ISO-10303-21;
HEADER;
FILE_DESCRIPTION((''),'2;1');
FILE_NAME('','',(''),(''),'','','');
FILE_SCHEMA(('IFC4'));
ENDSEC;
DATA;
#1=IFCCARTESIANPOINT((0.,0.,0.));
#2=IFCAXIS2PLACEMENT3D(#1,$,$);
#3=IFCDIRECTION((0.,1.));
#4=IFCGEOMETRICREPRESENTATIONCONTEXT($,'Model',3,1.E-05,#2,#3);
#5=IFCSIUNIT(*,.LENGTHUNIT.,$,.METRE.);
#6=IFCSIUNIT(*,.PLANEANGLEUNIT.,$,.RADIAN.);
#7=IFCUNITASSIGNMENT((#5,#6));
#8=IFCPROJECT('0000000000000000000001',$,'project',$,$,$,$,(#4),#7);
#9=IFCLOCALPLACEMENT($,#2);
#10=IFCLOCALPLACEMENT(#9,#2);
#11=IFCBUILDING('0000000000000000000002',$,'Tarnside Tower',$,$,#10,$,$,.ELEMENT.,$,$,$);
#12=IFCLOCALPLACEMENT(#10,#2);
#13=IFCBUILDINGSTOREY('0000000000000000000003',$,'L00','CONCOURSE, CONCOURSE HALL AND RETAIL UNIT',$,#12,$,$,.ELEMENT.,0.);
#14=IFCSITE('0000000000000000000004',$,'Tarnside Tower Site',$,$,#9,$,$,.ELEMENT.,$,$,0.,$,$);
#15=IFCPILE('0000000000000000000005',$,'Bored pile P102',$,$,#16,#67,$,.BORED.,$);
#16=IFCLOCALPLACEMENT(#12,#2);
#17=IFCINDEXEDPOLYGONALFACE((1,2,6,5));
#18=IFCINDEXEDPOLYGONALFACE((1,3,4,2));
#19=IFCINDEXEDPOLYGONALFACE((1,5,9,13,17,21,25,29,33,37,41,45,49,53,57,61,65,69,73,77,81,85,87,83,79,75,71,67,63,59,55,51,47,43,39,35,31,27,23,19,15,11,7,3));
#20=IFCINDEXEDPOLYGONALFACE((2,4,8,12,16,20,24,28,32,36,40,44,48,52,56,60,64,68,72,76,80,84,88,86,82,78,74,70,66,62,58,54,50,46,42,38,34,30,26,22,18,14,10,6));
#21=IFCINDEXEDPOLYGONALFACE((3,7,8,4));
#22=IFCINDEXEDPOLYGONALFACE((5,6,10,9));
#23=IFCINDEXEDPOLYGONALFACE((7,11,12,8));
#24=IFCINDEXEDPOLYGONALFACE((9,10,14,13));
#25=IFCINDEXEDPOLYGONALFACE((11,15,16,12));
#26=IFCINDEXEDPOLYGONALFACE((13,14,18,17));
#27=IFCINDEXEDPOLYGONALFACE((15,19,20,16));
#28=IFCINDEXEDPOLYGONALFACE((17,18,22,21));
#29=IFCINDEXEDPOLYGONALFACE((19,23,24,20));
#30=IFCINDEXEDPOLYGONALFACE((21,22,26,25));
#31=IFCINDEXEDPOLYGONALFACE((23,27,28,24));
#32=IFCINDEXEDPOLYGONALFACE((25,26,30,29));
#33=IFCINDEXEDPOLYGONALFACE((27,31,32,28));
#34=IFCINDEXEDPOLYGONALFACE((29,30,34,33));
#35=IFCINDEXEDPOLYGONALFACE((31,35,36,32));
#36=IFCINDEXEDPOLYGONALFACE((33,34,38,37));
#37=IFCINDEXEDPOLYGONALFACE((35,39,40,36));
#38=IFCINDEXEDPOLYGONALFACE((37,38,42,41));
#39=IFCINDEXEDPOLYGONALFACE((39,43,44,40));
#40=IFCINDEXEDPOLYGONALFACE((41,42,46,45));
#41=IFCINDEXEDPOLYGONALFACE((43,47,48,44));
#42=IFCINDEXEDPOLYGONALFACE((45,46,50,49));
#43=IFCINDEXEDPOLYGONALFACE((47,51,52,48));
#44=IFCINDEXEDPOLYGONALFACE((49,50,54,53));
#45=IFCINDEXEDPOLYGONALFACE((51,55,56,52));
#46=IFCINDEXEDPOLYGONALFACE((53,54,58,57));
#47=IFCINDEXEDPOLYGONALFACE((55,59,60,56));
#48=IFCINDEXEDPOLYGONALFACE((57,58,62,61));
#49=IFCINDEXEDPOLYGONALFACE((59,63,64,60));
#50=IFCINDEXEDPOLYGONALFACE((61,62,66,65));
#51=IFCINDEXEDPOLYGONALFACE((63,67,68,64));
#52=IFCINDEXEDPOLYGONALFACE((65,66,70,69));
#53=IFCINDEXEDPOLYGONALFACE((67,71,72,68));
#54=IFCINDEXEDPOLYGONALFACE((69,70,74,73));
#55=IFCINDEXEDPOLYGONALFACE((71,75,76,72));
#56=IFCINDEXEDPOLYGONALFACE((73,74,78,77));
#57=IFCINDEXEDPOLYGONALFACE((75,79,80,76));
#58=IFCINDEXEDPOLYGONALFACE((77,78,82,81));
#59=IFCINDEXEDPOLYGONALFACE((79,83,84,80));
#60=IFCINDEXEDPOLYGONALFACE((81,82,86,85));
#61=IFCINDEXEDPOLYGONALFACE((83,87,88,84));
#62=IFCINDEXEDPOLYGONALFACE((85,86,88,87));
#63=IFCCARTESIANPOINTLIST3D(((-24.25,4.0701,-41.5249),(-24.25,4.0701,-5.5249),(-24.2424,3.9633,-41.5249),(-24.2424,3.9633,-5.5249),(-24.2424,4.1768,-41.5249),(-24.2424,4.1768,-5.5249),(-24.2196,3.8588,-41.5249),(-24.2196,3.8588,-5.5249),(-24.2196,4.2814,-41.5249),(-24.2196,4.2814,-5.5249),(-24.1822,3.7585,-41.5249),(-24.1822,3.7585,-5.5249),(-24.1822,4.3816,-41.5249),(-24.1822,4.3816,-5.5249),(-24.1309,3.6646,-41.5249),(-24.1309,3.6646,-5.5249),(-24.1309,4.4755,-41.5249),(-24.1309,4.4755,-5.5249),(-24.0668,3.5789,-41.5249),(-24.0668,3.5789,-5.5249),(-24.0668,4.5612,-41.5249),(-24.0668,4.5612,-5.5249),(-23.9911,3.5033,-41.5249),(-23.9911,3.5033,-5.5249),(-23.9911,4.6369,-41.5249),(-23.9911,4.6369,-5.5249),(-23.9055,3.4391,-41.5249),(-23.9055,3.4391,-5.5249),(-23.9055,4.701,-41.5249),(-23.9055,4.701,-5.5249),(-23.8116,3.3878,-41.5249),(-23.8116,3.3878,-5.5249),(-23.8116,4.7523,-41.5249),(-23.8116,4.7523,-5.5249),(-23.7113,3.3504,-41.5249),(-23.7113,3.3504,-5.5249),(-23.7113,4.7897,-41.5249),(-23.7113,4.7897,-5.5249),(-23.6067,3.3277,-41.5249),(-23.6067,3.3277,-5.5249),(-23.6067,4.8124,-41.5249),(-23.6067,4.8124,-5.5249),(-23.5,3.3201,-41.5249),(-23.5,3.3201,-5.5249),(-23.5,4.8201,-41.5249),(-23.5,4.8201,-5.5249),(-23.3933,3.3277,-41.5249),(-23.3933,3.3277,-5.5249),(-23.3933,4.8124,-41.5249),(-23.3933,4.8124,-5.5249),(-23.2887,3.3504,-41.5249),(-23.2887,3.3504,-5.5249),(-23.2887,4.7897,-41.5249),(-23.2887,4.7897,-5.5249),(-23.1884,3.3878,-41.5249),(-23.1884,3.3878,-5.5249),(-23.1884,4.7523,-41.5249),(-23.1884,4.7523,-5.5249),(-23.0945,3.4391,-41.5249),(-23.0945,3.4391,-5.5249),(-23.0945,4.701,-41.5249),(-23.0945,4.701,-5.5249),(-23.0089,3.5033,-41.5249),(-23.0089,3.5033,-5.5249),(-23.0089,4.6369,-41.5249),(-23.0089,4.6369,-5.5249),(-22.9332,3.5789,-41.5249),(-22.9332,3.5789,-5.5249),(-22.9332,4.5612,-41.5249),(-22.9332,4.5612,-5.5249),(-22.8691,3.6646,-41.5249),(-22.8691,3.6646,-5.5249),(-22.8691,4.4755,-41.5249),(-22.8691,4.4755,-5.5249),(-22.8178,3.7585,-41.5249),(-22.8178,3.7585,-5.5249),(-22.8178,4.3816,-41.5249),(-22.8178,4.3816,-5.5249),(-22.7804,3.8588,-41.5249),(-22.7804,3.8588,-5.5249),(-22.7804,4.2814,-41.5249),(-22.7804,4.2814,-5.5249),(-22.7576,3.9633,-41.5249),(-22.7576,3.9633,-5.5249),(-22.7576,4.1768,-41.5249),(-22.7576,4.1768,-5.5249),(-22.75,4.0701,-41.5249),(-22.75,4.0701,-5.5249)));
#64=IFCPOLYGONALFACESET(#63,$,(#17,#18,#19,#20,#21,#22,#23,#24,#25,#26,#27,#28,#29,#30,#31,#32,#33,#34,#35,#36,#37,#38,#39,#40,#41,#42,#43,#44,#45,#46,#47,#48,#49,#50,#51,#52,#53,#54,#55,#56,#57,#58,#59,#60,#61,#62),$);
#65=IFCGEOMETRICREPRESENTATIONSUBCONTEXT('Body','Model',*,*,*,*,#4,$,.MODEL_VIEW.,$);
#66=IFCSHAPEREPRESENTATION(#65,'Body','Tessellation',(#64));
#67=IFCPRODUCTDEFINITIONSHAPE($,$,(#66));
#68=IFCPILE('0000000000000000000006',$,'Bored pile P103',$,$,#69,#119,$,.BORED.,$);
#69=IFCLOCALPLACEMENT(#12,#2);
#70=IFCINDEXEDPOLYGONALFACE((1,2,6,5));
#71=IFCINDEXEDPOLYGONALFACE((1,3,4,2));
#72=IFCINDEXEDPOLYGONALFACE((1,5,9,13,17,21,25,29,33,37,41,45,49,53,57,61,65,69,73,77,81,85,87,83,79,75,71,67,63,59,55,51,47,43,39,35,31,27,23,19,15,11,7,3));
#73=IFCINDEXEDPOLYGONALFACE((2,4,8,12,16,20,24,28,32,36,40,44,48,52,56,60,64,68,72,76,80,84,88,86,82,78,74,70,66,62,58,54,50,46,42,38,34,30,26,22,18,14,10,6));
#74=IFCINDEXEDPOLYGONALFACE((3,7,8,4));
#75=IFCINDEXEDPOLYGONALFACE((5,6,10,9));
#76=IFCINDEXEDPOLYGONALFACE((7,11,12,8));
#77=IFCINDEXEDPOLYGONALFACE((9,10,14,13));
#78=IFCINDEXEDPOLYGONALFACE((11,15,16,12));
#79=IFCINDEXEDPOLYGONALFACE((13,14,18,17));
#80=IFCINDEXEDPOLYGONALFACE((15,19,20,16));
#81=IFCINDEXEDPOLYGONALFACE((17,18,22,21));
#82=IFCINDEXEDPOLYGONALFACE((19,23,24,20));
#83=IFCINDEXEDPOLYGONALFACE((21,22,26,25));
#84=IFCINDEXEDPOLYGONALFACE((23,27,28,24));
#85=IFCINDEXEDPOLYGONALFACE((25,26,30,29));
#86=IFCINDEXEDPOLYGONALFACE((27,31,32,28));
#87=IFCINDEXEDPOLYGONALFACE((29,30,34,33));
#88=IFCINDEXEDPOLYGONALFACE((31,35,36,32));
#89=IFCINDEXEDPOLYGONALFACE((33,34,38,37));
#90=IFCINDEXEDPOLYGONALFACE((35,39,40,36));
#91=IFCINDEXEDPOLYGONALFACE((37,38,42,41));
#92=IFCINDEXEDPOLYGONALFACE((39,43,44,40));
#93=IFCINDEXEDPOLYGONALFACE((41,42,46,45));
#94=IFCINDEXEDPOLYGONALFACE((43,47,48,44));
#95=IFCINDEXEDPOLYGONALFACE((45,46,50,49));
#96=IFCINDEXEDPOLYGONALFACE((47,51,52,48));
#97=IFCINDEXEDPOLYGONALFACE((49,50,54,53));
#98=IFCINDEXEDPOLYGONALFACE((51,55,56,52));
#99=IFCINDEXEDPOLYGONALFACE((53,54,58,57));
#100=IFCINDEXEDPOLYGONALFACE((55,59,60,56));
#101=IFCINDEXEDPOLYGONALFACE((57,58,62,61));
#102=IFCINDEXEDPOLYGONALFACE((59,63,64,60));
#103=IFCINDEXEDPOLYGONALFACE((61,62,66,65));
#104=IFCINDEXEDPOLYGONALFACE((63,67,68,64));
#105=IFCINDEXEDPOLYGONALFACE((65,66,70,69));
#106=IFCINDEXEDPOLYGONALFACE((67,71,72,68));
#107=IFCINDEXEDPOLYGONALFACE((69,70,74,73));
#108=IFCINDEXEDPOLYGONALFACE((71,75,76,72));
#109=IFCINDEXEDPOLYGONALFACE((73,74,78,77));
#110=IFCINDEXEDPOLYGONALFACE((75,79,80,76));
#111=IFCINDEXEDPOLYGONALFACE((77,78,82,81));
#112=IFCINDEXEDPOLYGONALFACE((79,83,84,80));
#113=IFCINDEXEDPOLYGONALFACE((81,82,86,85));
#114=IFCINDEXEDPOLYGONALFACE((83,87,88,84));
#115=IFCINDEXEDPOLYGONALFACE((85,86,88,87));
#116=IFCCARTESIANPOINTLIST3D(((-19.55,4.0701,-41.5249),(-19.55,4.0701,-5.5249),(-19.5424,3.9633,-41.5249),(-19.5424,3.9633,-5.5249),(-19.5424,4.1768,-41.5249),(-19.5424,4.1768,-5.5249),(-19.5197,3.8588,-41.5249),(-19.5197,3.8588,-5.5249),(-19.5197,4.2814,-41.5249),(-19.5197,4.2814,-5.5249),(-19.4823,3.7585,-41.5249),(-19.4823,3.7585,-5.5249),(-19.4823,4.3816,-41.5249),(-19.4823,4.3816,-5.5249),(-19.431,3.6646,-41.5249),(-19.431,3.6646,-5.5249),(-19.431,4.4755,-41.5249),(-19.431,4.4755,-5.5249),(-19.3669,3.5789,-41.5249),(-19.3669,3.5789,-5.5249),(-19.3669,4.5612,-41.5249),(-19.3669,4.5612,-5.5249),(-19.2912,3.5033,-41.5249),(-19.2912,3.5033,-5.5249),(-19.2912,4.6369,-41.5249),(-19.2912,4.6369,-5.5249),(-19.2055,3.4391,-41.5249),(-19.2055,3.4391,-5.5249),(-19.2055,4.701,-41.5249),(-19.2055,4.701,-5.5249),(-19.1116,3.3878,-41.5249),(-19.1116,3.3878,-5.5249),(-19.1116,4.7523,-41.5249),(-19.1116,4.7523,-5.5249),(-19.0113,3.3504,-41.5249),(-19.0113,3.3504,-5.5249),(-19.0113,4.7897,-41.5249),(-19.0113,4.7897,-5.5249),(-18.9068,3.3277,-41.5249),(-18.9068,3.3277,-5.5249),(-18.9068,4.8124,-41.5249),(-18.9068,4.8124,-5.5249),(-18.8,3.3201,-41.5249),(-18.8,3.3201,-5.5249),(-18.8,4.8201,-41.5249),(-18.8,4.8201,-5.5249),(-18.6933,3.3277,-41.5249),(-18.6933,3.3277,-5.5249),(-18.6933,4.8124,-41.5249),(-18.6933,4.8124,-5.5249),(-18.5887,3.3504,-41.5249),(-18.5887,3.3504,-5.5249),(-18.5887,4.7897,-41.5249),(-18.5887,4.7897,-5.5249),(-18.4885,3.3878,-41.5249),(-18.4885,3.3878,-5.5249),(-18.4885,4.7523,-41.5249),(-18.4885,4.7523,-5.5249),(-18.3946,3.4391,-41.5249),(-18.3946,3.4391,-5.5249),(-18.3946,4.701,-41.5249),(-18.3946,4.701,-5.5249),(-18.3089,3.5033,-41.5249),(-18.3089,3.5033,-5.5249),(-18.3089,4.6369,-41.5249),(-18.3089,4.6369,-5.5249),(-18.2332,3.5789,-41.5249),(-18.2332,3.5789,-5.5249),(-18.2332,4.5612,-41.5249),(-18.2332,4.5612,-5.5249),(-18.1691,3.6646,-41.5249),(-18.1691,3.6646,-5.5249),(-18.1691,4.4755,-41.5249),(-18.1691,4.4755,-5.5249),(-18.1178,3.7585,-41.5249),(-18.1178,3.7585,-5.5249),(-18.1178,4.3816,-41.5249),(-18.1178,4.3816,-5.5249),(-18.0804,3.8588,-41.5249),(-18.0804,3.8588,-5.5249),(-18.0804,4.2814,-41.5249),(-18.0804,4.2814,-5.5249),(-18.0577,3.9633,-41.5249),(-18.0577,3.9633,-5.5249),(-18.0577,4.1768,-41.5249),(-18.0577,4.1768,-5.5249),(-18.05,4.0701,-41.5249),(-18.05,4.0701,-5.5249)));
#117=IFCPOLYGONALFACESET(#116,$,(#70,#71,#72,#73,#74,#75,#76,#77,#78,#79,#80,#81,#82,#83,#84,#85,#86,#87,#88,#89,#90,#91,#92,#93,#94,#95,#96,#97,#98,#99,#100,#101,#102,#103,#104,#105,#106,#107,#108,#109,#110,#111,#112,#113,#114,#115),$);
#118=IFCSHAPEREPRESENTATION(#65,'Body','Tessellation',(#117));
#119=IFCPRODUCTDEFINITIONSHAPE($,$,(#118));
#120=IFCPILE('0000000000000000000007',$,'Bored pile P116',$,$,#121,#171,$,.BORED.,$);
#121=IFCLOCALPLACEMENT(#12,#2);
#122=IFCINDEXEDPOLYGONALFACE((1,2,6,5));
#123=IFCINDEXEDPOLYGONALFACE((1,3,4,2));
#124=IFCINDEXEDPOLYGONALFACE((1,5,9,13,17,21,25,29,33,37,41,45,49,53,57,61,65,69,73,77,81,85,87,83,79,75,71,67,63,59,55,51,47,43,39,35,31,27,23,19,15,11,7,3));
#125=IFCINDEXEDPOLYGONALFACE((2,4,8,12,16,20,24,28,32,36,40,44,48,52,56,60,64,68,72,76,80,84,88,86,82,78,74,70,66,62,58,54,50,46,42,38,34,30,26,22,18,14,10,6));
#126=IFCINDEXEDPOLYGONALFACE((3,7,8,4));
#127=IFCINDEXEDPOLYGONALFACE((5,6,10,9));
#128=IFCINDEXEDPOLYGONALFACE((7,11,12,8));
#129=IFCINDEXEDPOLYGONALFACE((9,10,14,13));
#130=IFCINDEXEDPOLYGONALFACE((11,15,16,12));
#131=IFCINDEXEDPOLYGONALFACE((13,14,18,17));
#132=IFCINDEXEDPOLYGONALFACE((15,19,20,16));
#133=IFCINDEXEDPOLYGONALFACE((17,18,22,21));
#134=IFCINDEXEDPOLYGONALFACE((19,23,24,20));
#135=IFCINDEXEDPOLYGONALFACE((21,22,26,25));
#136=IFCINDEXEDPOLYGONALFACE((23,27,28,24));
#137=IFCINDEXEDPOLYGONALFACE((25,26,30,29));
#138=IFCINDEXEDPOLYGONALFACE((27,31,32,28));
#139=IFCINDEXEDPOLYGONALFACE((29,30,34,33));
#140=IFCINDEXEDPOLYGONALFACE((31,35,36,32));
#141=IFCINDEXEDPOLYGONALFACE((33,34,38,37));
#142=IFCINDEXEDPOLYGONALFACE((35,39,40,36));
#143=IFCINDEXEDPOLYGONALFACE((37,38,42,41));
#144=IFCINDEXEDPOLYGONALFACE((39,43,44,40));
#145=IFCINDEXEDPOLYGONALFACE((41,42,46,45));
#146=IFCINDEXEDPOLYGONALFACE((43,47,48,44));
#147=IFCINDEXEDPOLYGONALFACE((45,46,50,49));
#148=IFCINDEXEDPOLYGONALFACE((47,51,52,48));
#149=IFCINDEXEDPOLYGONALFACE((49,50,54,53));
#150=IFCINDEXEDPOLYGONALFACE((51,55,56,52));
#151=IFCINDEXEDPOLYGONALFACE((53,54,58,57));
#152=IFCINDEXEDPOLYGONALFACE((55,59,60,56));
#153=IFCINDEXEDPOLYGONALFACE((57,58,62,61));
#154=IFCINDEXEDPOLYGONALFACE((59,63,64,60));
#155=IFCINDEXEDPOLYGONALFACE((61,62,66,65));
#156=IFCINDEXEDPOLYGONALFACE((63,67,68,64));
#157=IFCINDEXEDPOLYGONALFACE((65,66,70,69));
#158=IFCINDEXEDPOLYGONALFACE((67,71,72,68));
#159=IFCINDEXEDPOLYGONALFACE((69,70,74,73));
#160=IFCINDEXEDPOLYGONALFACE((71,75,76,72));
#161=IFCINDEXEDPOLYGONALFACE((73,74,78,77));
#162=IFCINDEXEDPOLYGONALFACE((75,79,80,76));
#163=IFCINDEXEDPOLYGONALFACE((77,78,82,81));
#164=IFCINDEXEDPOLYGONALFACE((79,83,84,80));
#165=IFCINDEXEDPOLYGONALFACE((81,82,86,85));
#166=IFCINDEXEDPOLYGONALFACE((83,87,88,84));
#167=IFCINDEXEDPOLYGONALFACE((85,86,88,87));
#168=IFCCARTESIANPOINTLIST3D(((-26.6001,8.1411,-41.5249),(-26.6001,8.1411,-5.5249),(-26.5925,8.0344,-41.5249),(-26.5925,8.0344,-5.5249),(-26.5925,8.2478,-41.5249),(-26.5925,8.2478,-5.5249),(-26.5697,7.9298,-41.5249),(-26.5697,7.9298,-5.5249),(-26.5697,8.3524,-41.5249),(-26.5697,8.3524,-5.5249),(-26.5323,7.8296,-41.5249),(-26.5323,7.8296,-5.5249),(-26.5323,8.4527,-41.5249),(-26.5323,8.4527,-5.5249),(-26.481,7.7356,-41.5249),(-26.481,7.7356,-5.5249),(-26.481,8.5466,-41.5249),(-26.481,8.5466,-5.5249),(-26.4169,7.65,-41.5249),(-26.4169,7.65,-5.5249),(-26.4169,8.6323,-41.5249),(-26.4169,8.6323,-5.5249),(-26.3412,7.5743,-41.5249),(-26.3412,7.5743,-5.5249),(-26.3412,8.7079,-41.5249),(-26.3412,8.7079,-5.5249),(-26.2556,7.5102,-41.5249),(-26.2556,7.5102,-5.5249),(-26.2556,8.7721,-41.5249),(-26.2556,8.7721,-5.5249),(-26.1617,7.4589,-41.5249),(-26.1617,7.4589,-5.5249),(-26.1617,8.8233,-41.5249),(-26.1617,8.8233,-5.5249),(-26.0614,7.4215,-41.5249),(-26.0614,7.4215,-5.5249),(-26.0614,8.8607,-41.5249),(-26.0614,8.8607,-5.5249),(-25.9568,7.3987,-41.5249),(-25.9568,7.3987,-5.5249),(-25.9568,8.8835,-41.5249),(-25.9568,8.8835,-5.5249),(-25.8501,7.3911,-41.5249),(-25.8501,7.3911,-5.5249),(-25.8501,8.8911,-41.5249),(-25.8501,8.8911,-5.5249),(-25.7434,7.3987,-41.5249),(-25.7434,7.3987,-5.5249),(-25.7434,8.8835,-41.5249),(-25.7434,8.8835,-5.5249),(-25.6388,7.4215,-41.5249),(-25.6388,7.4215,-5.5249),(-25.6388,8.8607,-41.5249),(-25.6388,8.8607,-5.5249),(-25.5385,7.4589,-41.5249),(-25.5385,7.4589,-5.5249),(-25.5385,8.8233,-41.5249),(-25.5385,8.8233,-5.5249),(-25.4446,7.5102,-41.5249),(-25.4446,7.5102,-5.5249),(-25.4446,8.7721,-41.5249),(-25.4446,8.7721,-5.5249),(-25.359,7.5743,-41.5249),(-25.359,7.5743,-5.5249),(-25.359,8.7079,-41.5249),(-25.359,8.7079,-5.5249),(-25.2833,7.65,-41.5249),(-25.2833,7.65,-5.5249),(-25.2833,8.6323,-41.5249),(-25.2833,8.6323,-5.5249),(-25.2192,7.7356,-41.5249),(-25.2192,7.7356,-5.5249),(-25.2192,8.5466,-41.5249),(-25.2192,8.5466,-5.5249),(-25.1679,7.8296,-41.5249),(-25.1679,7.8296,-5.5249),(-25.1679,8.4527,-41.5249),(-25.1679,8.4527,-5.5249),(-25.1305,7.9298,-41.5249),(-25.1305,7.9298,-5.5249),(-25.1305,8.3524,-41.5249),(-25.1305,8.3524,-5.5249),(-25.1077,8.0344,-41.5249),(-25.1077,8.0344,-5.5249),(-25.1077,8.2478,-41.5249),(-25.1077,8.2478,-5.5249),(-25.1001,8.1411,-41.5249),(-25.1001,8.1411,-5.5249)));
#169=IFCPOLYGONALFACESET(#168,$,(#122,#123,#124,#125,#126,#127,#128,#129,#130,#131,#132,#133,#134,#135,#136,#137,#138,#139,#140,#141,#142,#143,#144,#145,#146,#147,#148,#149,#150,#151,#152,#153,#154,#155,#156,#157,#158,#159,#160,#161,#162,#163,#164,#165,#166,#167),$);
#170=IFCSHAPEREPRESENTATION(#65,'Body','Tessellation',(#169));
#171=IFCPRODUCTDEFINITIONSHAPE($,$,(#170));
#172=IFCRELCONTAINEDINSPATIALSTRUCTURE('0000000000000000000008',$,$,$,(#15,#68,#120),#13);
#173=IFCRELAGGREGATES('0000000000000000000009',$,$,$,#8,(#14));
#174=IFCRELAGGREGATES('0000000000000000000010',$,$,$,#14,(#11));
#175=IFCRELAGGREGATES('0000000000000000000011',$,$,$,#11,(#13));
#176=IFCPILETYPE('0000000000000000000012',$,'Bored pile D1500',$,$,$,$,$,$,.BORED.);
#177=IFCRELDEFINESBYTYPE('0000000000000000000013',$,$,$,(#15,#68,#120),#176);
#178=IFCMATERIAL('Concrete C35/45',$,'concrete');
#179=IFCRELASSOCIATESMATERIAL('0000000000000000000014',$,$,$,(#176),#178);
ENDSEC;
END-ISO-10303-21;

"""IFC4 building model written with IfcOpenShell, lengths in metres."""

from ifc_helpers import new_model, si_unit, direction, frame, origin, origin_2d, place, context, subcontext, project, spatial, circle, extrude, material, material_profile, profile_set, type_object, element, save


model = new_model("IFC4")

# Units and contexts
model_context = context("Model", 3, precision=1e-05, world=origin(), true_north=direction((0.0, 1.0)))
body_context = subcontext(model_context, "Body", "Model", "MODEL_VIEW")
ifc_project = project(units=[si_unit("LENGTHUNIT", "METRE"), si_unit("PLANEANGLEUNIT", "RADIAN")], contexts=[model_context])

# Site, building, storey
site_placement = place(None, origin())
site = spatial("IfcSite", under=ifc_project, at=site_placement, Name="Tarnside Tower Site", CompositionType="ELEMENT", RefElevation=0.0)
building_placement = place(site_placement, origin())
building = spatial("IfcBuilding", under=site, at=building_placement, Name="Tarnside Tower", CompositionType="ELEMENT")
storey_placement = place(building_placement, origin())
storey = spatial("IfcBuildingStorey", under=building, at=storey_placement, Name="L00", Description="CONCOURSE, CONCOURSE HALL AND RETAIL UNIT", CompositionType="ELEMENT", Elevation=0.0)

# Piles
ifc_material_1 = material(Name="Concrete C35/45", Category="concrete")
ifc_material_profile_1 = material_profile(ifc_material_1, circle(Radius=0.75, at=origin_2d()), Name="Bored pile D1500")
ifc_profile_set_1 = profile_set([ifc_material_profile_1], Name="Concrete C35/45")
pile_type = type_object("IfcPileType", Name="Bored pile D1500", PredefinedType="BORED", material=ifc_profile_set_1)
for number, where, z_axis, x_axis, name in (
    (1, (-23.5, 4.0701, -5.5249), (0.0, 0.0, -1.0), (1.0, 0.0, 0.0), "Bored pile P102"),
    (2, (-18.8, 4.0701, -5.5249), (0.0, 0.0, -1.0), (1.0, 0.0, 0.0), "Bored pile P103"),
    (3, (-25.8501, 8.1411, -5.5249), (0.0, 0.0, -1.0), (1.0, 0.0, 0.0), "Bored pile P116"),
):
    element("IfcPile", number, at=place(storey_placement, frame(where, z_axis=z_axis, x_axis=x_axis)), inside=storey, type_object=pile_type, Name=name, PredefinedType="BORED", context=body_context, shape_type="SweptSolid", body=[
        extrude(circle(Radius=0.75, at=origin_2d()), origin(), (0.0, 0.0, 1.0), 36.0),
    ])

save(model, "model.ifc")
